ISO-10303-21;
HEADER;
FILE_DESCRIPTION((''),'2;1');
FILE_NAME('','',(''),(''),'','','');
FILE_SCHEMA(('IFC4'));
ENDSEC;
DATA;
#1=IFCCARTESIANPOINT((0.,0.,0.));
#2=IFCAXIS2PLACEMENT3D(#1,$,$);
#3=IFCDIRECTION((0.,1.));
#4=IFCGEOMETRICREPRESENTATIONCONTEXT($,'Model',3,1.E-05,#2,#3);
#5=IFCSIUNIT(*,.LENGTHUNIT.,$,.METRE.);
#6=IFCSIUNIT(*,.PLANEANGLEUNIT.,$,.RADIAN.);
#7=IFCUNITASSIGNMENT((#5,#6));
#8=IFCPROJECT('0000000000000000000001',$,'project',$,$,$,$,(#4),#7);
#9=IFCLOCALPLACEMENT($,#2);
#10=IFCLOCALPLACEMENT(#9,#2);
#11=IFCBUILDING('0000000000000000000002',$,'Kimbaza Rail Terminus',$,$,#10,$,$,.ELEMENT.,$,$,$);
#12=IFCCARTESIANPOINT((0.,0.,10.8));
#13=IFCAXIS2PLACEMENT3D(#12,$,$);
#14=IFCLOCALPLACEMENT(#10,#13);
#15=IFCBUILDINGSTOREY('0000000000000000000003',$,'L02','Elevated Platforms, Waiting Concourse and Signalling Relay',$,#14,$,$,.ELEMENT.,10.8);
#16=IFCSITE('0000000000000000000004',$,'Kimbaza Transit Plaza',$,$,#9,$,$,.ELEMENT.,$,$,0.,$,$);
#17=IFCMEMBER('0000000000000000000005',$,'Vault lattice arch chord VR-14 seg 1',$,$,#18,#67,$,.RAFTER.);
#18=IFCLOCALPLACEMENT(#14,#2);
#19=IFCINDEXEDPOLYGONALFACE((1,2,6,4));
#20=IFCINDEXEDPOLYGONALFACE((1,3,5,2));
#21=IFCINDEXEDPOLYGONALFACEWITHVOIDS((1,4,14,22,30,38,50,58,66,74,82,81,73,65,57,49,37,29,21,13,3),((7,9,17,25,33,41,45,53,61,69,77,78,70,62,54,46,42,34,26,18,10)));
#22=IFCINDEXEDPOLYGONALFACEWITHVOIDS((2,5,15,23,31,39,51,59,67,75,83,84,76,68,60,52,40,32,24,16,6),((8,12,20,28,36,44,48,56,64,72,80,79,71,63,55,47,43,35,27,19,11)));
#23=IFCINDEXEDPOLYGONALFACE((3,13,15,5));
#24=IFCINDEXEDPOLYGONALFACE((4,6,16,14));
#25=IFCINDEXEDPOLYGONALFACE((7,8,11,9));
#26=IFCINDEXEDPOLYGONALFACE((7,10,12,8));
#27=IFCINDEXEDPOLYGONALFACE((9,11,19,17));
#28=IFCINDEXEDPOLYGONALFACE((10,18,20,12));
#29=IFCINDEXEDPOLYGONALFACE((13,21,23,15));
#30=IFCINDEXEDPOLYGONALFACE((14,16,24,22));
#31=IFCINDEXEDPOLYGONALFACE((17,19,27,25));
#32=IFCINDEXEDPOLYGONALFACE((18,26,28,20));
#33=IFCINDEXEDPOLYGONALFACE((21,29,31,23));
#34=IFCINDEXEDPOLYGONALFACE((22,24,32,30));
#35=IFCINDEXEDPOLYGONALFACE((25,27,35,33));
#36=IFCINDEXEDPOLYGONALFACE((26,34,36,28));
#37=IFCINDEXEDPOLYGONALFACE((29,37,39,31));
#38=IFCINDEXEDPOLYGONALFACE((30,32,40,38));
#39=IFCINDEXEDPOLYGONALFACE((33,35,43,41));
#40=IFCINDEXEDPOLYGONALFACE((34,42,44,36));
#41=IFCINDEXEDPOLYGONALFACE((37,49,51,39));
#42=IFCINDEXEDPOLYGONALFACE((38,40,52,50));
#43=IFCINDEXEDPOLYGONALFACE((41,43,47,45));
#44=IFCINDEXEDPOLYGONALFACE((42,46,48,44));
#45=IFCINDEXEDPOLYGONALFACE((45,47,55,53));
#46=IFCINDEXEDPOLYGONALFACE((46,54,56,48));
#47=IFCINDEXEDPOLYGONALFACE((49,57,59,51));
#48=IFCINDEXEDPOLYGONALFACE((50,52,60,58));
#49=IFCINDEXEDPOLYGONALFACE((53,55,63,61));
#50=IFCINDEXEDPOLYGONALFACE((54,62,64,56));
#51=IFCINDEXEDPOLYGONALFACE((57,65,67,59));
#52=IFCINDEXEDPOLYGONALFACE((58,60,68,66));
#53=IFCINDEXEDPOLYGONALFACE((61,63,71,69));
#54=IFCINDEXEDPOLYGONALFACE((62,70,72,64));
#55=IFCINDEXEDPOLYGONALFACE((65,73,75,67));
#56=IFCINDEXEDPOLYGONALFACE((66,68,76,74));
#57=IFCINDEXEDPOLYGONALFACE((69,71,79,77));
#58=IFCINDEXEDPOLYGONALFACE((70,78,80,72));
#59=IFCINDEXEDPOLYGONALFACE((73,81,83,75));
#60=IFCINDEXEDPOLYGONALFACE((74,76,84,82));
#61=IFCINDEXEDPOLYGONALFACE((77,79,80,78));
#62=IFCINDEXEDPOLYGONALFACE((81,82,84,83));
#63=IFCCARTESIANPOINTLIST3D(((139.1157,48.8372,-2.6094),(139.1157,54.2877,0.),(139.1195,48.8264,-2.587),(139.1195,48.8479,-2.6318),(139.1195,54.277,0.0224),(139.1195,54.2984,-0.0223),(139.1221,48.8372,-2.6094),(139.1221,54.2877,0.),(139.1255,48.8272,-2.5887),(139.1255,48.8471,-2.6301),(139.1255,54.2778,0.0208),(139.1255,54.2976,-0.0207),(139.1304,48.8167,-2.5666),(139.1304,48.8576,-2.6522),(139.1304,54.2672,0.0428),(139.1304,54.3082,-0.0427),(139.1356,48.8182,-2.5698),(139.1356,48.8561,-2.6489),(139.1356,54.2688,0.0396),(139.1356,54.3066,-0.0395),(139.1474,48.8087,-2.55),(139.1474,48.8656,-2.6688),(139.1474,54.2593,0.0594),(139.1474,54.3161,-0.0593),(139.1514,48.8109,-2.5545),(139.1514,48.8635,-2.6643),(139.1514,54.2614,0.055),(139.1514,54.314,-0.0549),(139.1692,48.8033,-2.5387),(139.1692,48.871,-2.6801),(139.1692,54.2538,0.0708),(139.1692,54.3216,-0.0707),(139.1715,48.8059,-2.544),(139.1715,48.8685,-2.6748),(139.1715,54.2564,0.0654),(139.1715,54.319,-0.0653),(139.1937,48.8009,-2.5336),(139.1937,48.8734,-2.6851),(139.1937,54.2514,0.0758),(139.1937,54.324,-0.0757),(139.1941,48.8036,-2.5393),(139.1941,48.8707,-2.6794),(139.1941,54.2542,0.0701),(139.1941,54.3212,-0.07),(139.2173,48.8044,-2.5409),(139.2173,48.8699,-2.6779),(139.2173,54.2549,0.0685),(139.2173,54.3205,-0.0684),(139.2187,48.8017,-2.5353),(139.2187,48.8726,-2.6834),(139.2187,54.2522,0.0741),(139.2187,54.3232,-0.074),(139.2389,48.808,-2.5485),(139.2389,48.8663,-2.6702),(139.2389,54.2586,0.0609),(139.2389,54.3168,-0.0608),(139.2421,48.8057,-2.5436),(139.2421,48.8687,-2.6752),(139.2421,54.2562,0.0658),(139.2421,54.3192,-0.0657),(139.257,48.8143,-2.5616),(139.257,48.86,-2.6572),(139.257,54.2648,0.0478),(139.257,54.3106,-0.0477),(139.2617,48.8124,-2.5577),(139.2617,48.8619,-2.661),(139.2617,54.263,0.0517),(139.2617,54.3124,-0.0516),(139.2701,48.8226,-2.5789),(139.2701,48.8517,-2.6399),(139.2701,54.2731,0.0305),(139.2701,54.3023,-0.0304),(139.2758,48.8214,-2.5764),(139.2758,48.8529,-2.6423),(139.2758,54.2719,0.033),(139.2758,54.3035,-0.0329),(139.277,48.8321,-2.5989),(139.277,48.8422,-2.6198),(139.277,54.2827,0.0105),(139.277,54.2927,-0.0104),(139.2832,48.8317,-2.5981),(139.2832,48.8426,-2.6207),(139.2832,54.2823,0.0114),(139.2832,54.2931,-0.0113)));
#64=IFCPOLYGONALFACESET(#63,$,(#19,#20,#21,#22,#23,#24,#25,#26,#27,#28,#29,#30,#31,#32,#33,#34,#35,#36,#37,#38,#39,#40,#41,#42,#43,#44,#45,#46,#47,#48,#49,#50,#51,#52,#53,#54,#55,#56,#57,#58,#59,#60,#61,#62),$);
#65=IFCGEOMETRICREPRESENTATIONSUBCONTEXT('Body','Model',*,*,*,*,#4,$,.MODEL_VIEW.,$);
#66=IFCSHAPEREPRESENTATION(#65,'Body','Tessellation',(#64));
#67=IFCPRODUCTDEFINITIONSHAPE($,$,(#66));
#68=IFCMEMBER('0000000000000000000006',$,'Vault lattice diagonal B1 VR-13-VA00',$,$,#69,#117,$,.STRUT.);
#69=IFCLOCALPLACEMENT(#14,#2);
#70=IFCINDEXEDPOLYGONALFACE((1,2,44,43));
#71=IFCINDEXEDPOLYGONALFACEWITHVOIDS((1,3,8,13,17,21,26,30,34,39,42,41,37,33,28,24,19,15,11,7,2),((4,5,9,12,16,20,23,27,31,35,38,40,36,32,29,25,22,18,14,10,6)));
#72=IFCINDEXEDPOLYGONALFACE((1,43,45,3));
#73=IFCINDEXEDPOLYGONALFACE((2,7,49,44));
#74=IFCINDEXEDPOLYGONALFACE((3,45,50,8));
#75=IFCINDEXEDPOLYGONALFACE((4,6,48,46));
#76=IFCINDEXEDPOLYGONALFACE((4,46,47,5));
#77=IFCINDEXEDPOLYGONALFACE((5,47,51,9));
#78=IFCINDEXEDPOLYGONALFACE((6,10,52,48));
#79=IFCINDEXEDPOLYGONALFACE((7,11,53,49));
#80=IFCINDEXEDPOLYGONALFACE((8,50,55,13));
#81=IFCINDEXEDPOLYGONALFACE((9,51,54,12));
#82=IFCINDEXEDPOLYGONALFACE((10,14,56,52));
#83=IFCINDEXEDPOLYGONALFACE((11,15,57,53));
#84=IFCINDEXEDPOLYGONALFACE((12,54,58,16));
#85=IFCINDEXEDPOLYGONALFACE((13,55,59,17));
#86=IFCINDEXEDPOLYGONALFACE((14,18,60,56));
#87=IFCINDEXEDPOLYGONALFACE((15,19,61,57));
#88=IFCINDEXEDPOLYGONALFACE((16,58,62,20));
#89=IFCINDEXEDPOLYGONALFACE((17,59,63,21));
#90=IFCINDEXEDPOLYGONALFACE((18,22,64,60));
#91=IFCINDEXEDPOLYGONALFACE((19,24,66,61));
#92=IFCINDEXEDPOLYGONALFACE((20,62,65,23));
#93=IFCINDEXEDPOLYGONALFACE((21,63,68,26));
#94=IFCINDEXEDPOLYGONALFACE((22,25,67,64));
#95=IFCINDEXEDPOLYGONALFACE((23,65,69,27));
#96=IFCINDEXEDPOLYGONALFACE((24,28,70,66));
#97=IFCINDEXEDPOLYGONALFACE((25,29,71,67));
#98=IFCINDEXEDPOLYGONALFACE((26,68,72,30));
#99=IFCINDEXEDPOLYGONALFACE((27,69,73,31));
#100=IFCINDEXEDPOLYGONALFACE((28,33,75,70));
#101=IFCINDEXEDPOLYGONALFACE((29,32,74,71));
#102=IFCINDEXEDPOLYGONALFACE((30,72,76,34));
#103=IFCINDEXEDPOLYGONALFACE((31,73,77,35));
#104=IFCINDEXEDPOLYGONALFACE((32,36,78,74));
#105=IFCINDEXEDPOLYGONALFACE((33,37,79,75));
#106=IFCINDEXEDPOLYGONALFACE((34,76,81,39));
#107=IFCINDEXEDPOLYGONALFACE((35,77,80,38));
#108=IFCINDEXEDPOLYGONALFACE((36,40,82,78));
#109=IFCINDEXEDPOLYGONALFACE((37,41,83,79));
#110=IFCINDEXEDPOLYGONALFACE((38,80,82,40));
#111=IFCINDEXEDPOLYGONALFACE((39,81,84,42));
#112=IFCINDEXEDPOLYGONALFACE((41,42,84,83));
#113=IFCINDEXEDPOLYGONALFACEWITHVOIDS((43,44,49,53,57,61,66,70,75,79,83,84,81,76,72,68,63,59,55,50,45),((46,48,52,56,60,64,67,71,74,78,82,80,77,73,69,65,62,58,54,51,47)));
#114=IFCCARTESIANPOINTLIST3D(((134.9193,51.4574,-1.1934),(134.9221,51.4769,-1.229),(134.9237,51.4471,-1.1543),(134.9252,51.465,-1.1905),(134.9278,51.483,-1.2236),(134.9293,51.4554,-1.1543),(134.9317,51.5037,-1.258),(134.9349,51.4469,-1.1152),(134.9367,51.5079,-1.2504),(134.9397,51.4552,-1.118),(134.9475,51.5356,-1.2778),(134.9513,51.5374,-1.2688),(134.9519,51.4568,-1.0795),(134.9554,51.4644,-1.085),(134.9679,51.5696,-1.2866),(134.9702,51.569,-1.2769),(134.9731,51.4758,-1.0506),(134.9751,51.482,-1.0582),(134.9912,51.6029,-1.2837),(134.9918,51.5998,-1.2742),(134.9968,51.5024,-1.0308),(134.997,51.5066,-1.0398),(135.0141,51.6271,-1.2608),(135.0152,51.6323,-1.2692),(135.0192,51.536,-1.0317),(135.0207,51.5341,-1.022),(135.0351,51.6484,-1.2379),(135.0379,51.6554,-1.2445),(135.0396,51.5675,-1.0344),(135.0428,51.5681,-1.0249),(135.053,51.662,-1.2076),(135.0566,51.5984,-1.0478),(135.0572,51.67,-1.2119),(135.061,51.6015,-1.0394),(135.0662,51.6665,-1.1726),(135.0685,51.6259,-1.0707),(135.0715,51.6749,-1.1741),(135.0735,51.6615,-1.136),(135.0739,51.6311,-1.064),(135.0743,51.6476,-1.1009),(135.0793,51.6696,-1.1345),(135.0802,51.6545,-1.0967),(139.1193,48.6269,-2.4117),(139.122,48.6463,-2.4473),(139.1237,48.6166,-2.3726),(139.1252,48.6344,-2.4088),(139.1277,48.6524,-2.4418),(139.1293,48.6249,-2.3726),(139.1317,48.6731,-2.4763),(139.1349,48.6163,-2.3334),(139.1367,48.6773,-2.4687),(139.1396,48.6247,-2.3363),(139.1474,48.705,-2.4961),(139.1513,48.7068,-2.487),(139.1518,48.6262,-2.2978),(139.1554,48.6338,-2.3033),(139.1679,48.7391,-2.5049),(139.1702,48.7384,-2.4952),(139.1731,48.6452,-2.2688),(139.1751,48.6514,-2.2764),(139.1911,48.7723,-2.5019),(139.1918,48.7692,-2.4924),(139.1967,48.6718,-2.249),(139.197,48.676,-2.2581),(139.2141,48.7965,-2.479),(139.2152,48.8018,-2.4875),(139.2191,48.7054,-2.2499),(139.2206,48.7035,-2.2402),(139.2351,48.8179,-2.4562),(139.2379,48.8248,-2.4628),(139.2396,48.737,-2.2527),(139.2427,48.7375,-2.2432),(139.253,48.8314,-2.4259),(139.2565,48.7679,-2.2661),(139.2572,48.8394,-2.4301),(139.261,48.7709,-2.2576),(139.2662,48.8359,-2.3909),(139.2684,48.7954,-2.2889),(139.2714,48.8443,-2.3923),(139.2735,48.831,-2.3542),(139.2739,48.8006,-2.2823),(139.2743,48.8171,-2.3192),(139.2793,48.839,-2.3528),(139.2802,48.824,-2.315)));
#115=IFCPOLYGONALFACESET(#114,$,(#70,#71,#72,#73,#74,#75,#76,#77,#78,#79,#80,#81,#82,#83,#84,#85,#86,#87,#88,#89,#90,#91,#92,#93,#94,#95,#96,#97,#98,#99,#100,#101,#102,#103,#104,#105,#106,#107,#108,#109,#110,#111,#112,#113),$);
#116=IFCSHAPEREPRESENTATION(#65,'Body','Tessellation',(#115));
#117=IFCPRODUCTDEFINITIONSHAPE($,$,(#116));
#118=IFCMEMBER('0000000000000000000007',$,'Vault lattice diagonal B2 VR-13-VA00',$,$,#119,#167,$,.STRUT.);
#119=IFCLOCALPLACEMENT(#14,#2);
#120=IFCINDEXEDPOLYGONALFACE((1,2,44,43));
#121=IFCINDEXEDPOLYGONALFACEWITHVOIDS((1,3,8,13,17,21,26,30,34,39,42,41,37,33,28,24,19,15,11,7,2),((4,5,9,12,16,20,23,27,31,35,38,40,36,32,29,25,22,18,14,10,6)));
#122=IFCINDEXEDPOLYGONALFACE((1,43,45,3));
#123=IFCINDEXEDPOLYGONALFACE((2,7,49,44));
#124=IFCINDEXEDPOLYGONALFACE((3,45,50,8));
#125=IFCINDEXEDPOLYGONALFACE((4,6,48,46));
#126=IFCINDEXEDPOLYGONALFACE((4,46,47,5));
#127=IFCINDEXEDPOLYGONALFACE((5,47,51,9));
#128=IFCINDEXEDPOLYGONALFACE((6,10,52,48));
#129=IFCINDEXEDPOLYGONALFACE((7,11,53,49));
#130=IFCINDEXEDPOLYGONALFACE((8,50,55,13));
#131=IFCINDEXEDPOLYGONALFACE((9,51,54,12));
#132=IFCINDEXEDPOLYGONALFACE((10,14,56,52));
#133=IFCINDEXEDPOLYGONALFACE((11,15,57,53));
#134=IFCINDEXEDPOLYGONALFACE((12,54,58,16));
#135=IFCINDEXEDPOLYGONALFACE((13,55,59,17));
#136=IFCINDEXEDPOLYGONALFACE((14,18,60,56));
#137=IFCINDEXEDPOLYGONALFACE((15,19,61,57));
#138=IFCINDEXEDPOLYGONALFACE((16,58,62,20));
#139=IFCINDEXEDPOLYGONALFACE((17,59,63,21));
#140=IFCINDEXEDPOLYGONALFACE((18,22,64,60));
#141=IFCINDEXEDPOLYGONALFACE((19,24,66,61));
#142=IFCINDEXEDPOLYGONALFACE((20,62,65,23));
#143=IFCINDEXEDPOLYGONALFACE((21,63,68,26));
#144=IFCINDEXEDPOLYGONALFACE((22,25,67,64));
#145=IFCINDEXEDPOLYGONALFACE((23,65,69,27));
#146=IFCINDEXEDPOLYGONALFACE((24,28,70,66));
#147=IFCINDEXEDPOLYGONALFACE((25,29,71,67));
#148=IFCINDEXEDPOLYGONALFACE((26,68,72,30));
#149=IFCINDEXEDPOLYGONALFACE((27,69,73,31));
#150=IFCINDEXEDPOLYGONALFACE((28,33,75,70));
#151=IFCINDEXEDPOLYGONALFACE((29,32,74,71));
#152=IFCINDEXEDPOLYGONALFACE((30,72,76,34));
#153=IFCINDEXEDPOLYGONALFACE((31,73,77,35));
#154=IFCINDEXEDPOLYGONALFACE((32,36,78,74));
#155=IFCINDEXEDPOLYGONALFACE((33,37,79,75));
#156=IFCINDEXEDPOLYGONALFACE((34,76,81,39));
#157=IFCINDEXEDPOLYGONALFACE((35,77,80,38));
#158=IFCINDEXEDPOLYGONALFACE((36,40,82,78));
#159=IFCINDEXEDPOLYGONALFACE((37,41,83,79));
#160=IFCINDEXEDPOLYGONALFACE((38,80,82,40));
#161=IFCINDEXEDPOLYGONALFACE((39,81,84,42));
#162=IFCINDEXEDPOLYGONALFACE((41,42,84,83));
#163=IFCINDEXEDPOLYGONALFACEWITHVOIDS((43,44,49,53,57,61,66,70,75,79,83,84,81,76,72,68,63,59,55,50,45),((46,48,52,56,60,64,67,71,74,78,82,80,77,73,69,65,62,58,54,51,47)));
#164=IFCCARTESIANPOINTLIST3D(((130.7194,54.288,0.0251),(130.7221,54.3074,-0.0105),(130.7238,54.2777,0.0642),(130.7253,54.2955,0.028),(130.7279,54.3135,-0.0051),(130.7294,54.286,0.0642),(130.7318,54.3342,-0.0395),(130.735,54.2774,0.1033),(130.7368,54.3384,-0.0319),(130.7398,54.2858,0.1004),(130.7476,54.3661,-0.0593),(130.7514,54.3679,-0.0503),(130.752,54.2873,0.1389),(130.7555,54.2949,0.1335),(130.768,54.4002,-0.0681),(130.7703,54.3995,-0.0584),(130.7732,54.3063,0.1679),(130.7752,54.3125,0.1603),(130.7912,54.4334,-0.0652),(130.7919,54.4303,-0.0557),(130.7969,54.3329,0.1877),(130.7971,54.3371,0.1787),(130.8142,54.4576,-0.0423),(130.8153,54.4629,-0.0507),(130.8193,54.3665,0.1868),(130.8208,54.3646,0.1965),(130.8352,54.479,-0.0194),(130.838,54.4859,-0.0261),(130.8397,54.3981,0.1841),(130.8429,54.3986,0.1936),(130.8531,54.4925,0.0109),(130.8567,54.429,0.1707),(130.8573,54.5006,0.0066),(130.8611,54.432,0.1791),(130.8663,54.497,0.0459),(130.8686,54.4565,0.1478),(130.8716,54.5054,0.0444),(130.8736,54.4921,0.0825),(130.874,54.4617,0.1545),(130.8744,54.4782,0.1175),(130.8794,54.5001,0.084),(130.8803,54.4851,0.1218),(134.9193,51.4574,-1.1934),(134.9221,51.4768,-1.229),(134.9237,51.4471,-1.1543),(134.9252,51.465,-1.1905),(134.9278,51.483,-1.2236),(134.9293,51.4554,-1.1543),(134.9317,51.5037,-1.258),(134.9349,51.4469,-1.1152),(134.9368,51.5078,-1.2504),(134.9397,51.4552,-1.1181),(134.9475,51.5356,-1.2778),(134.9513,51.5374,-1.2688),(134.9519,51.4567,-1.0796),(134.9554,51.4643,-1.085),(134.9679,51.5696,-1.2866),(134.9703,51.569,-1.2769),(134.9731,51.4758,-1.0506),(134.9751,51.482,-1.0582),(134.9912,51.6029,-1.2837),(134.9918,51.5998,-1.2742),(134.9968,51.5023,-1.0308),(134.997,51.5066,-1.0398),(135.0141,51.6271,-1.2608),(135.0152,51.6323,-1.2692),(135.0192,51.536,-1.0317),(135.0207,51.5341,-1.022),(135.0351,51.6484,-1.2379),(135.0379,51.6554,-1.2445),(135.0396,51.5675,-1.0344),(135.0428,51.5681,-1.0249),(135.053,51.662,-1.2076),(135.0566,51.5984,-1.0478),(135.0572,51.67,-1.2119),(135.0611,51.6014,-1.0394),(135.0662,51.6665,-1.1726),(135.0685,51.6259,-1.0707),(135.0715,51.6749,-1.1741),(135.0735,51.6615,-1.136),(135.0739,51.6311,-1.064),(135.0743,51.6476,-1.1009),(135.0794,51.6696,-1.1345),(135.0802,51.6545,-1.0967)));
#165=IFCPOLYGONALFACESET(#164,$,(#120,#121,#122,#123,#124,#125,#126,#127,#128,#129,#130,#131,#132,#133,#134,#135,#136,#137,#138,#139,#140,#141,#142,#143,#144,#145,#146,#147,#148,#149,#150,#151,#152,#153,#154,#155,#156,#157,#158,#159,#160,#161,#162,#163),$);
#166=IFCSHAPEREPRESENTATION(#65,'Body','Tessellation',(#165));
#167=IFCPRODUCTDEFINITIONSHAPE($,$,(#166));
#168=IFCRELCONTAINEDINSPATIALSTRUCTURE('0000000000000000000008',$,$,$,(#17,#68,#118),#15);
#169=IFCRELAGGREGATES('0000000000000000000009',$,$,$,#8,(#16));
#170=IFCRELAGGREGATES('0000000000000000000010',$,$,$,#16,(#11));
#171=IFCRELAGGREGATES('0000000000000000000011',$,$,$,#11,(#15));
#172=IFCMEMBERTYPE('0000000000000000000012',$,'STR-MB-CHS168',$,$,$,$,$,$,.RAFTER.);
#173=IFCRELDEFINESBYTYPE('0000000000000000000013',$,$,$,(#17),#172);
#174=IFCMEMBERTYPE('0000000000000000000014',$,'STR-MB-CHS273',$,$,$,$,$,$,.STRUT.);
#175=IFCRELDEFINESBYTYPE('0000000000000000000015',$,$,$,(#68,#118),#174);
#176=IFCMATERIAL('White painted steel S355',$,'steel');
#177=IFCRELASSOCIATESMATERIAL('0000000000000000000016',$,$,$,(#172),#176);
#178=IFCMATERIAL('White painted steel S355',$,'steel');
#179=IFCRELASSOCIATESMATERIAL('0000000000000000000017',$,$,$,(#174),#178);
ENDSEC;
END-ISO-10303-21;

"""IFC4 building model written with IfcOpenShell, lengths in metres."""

from ifc_helpers import new_model, si_unit, direction, frame, origin, origin_2d, place, context, subcontext, project, spatial, hollow_circle, extrude, material, material_profile, profile_set, type_object, element, save


model = new_model("IFC4")

# Units and contexts
model_context = context("Model", 3, precision=1e-05, world=origin(), true_north=direction((0.0, 1.0)))
body_context = subcontext(model_context, "Body", "Model", "MODEL_VIEW")
ifc_project = project(units=[si_unit("LENGTHUNIT", "METRE"), si_unit("PLANEANGLEUNIT", "RADIAN")], contexts=[model_context])

# Site, building, storey
site_placement = place(None, origin())
site = spatial("IfcSite", under=ifc_project, at=site_placement, Name="Kimbaza Transit Plaza", CompositionType="ELEMENT", RefElevation=0.0)
building_placement = place(site_placement, origin())
building = spatial("IfcBuilding", under=site, at=building_placement, Name="Kimbaza Rail Terminus", CompositionType="ELEMENT")
storey_placement = place(building_placement, frame((0.0, 0.0, 10.8)))
storey = spatial("IfcBuildingStorey", under=building, at=storey_placement, Name="L02", Description="Elevated Platforms, Waiting Concourse and Signalling Relay", CompositionType="ELEMENT", Elevation=10.8)

# Members
ifc_material_1 = material(Name="White painted steel S355", Category="steel")
ifc_material_profile_1 = material_profile(ifc_material_1, hollow_circle(Radius=0.0842, WallThickness=0.0063, at=origin_2d()), Name="CHS 168.3x6.3")
ifc_profile_set_1 = profile_set([ifc_material_profile_1], Name="White painted steel S355")
member_type_1 = type_object("IfcMemberType", Name="STR-MB-CHS168", PredefinedType="RAFTER", material=ifc_profile_set_1)
member_1_placement = place(storey_placement, frame((139.2, 48.8372, -2.6094), z_axis=(0.0, 0.901964, 0.431811), x_axis=(-1.0, 0.0, 0.0)))
element("IfcMember", 1, at=member_1_placement, inside=storey, type_object=member_type_1, Name="Vault lattice arch chord VR-14 seg 1", PredefinedType="RAFTER", context=body_context, shape_type="SweptSolid", body=[
    extrude(hollow_circle(Radius=0.0842, WallThickness=0.0063, at=origin_2d()), origin(), (0.0, 0.0, 1.0), 6.043),
])
ifc_material_2 = material(Name="White painted steel S355", Category="steel")
ifc_material_profile_2 = material_profile(ifc_material_2, hollow_circle(Radius=0.1365, WallThickness=0.01, at=origin_2d()), Name="CHS 273x10")
ifc_profile_set_2 = profile_set([ifc_material_profile_2], Name="White painted steel S355")
member_type_2 = type_object("IfcMemberType", Name="STR-MB-CHS273", PredefinedType="STRUT", material=ifc_profile_set_2)
for number, where, z_axis, x_axis, name in (
    (2, (139.2, 48.7297, -2.3726), (-0.806255, 0.543377, 0.233867), (-0.558876, -0.829251, 0.0), "Vault lattice diagonal B1 VR-13-VA00"),
    (3, (135.0, 51.5603, -1.1543), (-0.806246, 0.543371, 0.233911), (-0.558876, -0.829251, 0.0), "Vault lattice diagonal B2 VR-13-VA00"),
):
    element("IfcMember", number, at=place(storey_placement, frame(where, z_axis=z_axis, x_axis=x_axis)), inside=storey, type_object=member_type_2, Name=name, PredefinedType="STRUT", context=body_context, shape_type="SweptSolid", body=[
        extrude(hollow_circle(Radius=0.1365, WallThickness=0.01, at=origin_2d()), origin(), (0.0, 0.0, 1.0), 5.2092),
    ])

save(model, "model.ifc")
